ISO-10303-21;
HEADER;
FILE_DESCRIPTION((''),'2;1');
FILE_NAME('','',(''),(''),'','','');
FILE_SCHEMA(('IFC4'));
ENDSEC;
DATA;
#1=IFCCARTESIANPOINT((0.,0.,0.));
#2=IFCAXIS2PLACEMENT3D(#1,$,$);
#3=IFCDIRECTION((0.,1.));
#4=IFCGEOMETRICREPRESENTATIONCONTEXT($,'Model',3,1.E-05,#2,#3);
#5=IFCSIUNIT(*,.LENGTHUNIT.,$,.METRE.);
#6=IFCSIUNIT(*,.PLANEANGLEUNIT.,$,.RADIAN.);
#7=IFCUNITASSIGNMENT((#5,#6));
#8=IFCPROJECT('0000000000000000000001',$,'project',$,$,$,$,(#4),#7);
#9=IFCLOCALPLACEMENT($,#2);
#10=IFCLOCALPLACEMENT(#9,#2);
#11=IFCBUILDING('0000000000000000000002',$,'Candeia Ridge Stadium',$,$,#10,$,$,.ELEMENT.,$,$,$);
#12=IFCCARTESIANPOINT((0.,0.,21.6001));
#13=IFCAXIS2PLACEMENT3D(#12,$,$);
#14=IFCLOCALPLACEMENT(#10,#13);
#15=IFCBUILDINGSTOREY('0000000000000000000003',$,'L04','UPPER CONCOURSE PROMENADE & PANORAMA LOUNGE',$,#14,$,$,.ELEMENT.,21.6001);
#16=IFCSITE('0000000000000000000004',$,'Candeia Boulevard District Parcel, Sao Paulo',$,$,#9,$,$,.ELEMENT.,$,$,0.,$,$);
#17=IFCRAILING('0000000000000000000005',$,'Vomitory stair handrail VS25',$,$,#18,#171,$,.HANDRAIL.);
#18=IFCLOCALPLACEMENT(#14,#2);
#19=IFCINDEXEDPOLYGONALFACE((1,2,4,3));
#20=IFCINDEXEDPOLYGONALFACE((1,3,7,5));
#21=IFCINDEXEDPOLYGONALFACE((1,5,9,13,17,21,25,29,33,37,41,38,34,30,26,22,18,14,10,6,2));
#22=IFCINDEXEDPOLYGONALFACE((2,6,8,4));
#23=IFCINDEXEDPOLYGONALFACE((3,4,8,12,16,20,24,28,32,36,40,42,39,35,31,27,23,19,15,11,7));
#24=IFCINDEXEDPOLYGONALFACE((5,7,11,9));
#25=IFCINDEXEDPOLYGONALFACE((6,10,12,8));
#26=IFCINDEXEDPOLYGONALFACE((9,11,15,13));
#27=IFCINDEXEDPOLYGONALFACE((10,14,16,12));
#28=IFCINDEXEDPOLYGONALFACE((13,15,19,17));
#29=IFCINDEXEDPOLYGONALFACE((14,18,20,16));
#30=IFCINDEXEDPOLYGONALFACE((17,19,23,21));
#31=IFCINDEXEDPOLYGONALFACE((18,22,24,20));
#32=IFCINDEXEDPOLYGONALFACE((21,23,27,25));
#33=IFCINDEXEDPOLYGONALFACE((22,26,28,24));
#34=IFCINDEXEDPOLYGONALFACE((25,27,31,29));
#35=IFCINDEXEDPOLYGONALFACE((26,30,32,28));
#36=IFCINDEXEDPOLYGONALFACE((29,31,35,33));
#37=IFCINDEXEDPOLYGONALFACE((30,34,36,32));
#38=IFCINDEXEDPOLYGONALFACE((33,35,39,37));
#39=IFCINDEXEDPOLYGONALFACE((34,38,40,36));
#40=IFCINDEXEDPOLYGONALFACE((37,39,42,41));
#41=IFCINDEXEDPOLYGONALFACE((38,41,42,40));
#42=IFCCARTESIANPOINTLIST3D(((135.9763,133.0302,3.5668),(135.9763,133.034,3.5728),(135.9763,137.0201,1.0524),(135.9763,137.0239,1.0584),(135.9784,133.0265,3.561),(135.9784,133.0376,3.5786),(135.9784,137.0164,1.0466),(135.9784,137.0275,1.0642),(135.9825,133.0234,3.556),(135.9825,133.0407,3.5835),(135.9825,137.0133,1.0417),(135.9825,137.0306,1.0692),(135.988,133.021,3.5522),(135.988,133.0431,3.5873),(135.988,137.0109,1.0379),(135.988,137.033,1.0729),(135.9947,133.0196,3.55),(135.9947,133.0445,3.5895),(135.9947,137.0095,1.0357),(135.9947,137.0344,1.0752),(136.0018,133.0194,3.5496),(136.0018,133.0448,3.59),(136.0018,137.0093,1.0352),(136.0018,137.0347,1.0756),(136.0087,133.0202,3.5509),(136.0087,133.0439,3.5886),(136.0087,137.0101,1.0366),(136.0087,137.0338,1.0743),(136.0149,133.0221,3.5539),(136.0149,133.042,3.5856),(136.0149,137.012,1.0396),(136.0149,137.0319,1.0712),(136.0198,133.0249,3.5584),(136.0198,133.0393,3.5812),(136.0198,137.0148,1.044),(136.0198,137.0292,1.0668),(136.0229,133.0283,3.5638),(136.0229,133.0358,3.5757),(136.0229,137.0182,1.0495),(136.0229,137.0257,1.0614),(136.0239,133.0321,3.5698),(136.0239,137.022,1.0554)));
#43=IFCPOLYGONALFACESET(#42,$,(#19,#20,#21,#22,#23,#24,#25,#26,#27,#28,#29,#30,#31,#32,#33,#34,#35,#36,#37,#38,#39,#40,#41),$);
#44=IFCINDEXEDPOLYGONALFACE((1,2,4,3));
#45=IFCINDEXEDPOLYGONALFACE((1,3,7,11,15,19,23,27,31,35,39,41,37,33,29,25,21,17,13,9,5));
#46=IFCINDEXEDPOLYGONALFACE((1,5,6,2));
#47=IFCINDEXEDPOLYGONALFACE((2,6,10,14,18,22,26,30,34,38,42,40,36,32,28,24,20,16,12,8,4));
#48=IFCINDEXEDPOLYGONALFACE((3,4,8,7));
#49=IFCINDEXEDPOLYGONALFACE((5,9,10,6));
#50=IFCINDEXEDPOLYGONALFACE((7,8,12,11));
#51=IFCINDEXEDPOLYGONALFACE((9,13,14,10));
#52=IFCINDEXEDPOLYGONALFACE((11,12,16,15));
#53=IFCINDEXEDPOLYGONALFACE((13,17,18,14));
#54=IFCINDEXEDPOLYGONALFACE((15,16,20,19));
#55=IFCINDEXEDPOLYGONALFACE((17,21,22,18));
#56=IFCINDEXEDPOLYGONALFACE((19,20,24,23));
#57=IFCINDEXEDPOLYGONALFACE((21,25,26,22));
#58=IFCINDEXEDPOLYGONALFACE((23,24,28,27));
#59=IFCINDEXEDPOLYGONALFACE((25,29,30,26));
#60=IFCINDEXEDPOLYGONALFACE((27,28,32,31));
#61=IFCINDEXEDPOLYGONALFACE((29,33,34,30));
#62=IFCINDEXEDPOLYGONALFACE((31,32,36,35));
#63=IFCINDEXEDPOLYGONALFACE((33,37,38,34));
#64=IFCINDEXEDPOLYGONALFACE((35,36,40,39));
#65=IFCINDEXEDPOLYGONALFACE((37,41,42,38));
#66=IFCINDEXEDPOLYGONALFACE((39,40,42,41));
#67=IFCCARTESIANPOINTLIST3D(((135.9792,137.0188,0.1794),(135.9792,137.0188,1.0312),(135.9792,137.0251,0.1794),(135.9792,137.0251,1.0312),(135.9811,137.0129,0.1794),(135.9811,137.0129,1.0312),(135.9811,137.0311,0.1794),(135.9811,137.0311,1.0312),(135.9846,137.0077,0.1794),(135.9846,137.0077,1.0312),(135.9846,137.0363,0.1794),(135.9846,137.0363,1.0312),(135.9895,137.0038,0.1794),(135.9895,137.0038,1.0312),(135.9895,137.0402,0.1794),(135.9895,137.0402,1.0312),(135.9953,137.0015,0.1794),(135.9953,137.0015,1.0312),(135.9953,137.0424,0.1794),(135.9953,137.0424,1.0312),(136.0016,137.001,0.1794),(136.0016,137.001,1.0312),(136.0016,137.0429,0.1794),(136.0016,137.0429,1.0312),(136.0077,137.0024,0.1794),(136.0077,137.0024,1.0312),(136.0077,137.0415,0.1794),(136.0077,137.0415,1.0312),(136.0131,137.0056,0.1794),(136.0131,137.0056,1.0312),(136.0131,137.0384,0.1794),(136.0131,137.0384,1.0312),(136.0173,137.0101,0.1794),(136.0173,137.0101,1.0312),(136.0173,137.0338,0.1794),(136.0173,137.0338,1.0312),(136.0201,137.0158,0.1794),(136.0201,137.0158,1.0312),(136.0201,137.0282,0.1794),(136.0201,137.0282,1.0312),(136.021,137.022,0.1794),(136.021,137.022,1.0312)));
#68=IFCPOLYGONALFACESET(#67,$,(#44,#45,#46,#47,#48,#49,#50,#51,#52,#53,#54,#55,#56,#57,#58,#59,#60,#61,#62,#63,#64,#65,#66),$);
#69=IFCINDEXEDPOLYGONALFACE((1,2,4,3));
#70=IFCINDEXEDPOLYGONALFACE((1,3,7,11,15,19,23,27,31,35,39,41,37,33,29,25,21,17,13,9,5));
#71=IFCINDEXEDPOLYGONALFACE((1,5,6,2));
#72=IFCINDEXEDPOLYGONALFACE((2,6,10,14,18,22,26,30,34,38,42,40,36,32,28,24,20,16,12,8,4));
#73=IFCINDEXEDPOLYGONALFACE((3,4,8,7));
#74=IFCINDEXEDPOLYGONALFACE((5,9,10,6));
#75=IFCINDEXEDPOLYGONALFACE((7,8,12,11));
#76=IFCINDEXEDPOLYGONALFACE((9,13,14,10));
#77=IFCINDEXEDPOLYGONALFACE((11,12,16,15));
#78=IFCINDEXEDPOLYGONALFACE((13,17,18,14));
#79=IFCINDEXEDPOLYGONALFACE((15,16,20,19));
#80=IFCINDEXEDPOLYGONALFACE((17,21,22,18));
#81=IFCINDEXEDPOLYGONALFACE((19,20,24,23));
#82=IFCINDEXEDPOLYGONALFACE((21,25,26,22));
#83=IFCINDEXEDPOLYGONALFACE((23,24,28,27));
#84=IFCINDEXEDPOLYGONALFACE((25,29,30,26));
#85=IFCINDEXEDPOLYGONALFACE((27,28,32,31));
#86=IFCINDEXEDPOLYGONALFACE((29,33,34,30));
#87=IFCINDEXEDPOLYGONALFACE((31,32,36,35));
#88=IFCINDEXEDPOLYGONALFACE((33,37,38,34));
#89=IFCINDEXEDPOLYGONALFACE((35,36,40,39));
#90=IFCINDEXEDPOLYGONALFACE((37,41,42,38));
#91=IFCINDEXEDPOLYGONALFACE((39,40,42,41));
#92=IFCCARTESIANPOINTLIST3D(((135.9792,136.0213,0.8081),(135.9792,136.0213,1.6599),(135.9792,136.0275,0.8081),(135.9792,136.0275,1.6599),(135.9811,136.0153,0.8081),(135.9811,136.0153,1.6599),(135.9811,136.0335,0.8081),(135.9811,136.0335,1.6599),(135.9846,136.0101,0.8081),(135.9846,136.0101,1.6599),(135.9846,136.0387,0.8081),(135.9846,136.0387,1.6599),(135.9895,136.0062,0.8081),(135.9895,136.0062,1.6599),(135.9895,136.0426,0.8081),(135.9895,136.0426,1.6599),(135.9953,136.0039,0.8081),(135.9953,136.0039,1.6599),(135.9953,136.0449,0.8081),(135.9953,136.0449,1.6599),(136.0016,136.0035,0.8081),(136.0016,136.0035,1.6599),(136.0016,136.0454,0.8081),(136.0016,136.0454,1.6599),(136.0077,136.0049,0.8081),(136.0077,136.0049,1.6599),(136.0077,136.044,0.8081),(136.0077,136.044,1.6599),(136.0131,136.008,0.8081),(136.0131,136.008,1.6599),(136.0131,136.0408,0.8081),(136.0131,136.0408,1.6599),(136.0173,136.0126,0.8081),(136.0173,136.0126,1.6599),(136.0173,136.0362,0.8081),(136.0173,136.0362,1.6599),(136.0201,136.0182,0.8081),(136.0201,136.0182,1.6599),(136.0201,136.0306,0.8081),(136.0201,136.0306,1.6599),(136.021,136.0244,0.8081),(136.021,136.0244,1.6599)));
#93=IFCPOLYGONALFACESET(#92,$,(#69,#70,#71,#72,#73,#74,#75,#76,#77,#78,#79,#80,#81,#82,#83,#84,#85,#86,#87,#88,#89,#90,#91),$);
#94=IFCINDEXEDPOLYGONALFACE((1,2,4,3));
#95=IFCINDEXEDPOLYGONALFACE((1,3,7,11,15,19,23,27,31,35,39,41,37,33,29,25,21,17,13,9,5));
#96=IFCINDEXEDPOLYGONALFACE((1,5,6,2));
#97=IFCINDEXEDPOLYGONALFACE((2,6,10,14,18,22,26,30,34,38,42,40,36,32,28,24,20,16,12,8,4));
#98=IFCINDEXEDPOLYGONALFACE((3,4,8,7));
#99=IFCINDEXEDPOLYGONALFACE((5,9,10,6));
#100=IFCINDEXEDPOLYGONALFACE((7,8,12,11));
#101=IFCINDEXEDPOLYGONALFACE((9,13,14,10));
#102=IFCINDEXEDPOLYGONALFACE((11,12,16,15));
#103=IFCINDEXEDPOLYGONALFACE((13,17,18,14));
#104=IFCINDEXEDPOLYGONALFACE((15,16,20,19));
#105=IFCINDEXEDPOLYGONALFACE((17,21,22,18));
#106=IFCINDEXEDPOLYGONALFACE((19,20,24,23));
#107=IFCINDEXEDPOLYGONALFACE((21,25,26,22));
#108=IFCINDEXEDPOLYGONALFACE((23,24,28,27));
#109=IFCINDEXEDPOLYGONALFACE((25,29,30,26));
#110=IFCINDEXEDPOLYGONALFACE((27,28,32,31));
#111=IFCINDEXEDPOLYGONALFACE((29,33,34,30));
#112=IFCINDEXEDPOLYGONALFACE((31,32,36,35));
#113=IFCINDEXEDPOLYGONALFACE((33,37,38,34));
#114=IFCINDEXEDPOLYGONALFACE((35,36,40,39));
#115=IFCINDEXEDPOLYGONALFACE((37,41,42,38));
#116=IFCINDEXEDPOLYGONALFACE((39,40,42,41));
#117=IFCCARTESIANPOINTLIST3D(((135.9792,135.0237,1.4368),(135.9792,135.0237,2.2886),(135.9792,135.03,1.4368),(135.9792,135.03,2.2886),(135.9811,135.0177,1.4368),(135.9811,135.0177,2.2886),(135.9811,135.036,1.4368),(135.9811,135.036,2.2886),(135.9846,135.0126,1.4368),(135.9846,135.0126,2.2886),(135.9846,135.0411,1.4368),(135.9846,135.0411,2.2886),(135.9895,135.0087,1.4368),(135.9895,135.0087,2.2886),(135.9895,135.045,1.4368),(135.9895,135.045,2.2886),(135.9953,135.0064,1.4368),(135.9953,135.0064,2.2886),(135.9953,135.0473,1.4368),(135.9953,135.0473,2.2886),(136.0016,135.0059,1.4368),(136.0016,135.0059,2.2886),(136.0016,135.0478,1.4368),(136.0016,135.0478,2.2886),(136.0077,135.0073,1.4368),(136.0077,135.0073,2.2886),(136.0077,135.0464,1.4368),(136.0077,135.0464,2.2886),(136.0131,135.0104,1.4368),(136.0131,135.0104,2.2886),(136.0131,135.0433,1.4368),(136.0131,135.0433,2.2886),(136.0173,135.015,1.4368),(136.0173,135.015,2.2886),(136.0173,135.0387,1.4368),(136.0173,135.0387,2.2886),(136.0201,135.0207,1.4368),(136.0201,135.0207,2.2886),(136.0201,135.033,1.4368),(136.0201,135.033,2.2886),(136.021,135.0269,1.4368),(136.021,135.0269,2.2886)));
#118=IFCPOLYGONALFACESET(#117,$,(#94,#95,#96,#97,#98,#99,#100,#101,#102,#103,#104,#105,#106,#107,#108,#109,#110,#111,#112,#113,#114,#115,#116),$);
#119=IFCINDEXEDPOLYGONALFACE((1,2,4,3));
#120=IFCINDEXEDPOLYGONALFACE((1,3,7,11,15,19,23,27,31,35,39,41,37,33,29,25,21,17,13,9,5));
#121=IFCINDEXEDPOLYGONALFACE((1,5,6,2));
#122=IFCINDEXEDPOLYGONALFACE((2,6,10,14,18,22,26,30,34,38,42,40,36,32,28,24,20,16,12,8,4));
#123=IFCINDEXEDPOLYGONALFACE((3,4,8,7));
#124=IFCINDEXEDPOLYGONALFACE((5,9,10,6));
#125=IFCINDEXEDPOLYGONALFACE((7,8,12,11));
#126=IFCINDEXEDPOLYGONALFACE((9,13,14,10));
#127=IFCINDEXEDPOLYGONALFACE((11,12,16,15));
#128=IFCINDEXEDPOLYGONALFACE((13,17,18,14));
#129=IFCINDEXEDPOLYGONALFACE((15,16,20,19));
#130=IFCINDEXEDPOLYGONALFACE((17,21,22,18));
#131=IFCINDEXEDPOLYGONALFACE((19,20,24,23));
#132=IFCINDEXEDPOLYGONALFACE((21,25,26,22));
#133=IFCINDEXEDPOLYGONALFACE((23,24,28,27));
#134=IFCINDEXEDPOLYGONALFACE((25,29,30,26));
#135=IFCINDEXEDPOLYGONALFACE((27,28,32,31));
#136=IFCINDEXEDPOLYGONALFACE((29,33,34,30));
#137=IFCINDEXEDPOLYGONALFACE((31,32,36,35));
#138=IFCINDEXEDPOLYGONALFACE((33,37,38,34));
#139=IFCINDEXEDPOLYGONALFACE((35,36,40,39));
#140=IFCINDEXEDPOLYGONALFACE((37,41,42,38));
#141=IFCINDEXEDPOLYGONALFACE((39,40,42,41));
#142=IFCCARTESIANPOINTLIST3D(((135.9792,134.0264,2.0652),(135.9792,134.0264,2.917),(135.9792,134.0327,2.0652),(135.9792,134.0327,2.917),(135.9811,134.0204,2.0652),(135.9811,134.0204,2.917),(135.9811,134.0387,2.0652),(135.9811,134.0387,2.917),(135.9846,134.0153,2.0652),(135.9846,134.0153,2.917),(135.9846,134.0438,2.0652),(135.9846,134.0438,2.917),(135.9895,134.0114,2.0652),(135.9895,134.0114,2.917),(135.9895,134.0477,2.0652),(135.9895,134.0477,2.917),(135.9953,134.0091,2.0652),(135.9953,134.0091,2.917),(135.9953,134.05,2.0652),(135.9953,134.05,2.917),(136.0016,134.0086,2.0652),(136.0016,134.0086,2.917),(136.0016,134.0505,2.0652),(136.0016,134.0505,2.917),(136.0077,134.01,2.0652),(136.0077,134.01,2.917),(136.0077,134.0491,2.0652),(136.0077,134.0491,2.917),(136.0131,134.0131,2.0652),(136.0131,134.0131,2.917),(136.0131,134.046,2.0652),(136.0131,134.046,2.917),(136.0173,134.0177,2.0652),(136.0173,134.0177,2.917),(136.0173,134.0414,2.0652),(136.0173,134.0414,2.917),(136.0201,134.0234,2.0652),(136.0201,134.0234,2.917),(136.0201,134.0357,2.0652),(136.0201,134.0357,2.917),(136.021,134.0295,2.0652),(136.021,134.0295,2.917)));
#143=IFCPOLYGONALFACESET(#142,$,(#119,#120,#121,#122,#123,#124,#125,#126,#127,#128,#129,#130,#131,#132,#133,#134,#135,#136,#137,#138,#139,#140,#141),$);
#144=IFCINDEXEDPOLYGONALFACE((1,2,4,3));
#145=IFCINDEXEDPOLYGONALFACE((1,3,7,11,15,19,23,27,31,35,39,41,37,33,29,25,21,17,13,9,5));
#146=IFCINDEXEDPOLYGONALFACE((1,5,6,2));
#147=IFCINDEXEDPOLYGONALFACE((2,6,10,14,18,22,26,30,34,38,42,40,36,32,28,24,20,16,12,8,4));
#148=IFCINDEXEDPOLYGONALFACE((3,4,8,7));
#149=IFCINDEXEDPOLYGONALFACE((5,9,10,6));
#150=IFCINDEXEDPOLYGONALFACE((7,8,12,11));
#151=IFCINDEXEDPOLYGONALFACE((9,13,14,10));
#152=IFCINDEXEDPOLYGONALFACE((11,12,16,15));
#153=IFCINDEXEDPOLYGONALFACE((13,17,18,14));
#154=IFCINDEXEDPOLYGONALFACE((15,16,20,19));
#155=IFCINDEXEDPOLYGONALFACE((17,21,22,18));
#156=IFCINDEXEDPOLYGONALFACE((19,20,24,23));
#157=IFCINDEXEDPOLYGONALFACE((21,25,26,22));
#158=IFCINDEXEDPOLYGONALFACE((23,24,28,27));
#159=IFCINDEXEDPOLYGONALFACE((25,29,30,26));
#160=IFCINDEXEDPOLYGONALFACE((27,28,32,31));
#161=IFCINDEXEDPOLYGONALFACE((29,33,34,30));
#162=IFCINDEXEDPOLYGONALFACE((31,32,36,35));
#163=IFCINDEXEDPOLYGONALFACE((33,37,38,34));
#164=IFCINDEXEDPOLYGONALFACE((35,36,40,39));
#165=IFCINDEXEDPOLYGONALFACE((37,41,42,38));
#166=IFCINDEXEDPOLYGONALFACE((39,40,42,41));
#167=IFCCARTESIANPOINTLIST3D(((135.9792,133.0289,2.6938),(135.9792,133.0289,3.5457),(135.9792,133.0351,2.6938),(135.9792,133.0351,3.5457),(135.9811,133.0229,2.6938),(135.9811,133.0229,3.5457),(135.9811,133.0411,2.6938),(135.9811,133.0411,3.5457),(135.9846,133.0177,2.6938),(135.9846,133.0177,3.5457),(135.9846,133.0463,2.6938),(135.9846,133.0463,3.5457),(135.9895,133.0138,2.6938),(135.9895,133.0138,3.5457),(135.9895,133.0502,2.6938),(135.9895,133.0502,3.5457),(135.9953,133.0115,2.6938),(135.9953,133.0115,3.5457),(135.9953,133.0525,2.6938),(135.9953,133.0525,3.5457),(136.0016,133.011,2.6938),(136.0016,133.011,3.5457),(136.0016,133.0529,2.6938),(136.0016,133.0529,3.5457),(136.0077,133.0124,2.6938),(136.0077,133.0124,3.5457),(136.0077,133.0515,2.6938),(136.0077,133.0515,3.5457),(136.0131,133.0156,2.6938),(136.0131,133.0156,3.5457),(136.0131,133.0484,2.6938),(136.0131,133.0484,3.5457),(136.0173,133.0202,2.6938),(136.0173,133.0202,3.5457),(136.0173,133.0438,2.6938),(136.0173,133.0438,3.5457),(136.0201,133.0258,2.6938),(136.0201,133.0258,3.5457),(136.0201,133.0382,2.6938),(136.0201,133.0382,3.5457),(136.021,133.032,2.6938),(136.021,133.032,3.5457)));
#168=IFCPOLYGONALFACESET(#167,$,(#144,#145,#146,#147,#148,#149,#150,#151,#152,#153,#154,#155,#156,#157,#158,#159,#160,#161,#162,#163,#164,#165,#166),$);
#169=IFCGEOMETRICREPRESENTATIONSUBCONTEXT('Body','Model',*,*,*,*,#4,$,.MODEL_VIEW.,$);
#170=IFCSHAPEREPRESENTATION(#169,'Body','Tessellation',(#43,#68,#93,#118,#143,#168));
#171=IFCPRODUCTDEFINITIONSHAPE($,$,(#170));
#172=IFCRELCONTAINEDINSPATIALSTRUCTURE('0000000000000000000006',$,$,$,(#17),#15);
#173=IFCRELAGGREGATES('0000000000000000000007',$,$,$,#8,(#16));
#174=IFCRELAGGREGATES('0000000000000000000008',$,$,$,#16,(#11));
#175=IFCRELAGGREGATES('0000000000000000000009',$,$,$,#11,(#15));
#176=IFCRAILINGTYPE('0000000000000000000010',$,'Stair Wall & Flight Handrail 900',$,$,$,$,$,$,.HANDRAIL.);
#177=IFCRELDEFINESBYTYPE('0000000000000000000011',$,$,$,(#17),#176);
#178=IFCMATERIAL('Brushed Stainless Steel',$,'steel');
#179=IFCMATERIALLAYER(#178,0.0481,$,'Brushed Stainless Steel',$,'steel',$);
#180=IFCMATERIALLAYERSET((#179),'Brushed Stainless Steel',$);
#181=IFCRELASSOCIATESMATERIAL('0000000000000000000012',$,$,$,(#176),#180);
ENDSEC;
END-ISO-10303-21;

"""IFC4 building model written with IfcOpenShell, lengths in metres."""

from ifc_helpers import new_model, si_unit, direction, frame, origin, origin_2d, place, context, subcontext, project, spatial, circle, extrude, material, layer, layer_set, type_object, element, save


model = new_model("IFC4")

# Units and contexts
model_context = context("Model", 3, precision=1e-05, world=origin(), true_north=direction((0.0, 1.0)))
body_context = subcontext(model_context, "Body", "Model", "MODEL_VIEW")
ifc_project = project(units=[si_unit("LENGTHUNIT", "METRE"), si_unit("PLANEANGLEUNIT", "RADIAN")], contexts=[model_context])

# Site, building, storey
site_placement = place(None, origin())
site = spatial("IfcSite", under=ifc_project, at=site_placement, Name="Candeia Boulevard District Parcel, Sao Paulo", CompositionType="ELEMENT", RefElevation=0.0)
building_placement = place(site_placement, origin())
building = spatial("IfcBuilding", under=site, at=building_placement, Name="Candeia Ridge Stadium", CompositionType="ELEMENT")
storey_placement = place(building_placement, frame((0.0, 0.0, 21.6001)))
storey = spatial("IfcBuildingStorey", under=building, at=storey_placement, Name="L04", Description="UPPER CONCOURSE PROMENADE & PANORAMA LOUNGE", CompositionType="ELEMENT", Elevation=21.6001)

# Railing
ifc_material_1 = material(Name="Brushed Stainless Steel", Category="steel")
ifc_layer_1 = layer(ifc_material_1, 0.0481, Name="Brushed Stainless Steel", Category="steel")
ifc_layer_set_1 = layer_set([ifc_layer_1], Name="Brushed Stainless Steel")
railing_type_1 = type_object("IfcRailingType", Name="Stair Wall & Flight Handrail 900", PredefinedType="HANDRAIL", material=ifc_layer_set_1)
railing_1_placement = place(storey_placement, frame((136.0, 137.022, 0.1794)))
element("IfcRailing", 1, at=railing_1_placement, inside=storey, type_object=railing_type_1, Name="Vomitory stair handrail VS25", PredefinedType="HANDRAIL", context=body_context, shape_type="SweptSolid", body=[
    extrude(circle(Radius=0.0239, at=origin_2d()), frame((0.0, 0.0, 0.876), z_axis=(0.0, -0.846024, 0.533145), x_axis=(1.0, 0.0, 0.0)), (0.0, 0.0, 1.0), 4.7161),
    extrude(circle(Radius=0.021, at=origin_2d()), origin(), (0.0, 0.0, 1.0), 0.8518),
    extrude(circle(Radius=0.021, at=origin_2d()), frame((0.0, -0.9976, 0.6287)), (0.0, 0.0, 1.0), 0.8518),
    extrude(circle(Radius=0.021, at=origin_2d()), frame((0.0, -1.9951, 1.2573)), (0.0, 0.0, 1.0), 0.8518),
    extrude(circle(Radius=0.021, at=origin_2d()), frame((0.0, -2.9924, 1.8857)), (0.0, 0.0, 1.0), 0.8518),
    extrude(circle(Radius=0.021, at=origin_2d()), frame((0.0, -3.99, 2.5144)), (0.0, 0.0, 1.0), 0.8518),
])

save(model, "model.ifc")
